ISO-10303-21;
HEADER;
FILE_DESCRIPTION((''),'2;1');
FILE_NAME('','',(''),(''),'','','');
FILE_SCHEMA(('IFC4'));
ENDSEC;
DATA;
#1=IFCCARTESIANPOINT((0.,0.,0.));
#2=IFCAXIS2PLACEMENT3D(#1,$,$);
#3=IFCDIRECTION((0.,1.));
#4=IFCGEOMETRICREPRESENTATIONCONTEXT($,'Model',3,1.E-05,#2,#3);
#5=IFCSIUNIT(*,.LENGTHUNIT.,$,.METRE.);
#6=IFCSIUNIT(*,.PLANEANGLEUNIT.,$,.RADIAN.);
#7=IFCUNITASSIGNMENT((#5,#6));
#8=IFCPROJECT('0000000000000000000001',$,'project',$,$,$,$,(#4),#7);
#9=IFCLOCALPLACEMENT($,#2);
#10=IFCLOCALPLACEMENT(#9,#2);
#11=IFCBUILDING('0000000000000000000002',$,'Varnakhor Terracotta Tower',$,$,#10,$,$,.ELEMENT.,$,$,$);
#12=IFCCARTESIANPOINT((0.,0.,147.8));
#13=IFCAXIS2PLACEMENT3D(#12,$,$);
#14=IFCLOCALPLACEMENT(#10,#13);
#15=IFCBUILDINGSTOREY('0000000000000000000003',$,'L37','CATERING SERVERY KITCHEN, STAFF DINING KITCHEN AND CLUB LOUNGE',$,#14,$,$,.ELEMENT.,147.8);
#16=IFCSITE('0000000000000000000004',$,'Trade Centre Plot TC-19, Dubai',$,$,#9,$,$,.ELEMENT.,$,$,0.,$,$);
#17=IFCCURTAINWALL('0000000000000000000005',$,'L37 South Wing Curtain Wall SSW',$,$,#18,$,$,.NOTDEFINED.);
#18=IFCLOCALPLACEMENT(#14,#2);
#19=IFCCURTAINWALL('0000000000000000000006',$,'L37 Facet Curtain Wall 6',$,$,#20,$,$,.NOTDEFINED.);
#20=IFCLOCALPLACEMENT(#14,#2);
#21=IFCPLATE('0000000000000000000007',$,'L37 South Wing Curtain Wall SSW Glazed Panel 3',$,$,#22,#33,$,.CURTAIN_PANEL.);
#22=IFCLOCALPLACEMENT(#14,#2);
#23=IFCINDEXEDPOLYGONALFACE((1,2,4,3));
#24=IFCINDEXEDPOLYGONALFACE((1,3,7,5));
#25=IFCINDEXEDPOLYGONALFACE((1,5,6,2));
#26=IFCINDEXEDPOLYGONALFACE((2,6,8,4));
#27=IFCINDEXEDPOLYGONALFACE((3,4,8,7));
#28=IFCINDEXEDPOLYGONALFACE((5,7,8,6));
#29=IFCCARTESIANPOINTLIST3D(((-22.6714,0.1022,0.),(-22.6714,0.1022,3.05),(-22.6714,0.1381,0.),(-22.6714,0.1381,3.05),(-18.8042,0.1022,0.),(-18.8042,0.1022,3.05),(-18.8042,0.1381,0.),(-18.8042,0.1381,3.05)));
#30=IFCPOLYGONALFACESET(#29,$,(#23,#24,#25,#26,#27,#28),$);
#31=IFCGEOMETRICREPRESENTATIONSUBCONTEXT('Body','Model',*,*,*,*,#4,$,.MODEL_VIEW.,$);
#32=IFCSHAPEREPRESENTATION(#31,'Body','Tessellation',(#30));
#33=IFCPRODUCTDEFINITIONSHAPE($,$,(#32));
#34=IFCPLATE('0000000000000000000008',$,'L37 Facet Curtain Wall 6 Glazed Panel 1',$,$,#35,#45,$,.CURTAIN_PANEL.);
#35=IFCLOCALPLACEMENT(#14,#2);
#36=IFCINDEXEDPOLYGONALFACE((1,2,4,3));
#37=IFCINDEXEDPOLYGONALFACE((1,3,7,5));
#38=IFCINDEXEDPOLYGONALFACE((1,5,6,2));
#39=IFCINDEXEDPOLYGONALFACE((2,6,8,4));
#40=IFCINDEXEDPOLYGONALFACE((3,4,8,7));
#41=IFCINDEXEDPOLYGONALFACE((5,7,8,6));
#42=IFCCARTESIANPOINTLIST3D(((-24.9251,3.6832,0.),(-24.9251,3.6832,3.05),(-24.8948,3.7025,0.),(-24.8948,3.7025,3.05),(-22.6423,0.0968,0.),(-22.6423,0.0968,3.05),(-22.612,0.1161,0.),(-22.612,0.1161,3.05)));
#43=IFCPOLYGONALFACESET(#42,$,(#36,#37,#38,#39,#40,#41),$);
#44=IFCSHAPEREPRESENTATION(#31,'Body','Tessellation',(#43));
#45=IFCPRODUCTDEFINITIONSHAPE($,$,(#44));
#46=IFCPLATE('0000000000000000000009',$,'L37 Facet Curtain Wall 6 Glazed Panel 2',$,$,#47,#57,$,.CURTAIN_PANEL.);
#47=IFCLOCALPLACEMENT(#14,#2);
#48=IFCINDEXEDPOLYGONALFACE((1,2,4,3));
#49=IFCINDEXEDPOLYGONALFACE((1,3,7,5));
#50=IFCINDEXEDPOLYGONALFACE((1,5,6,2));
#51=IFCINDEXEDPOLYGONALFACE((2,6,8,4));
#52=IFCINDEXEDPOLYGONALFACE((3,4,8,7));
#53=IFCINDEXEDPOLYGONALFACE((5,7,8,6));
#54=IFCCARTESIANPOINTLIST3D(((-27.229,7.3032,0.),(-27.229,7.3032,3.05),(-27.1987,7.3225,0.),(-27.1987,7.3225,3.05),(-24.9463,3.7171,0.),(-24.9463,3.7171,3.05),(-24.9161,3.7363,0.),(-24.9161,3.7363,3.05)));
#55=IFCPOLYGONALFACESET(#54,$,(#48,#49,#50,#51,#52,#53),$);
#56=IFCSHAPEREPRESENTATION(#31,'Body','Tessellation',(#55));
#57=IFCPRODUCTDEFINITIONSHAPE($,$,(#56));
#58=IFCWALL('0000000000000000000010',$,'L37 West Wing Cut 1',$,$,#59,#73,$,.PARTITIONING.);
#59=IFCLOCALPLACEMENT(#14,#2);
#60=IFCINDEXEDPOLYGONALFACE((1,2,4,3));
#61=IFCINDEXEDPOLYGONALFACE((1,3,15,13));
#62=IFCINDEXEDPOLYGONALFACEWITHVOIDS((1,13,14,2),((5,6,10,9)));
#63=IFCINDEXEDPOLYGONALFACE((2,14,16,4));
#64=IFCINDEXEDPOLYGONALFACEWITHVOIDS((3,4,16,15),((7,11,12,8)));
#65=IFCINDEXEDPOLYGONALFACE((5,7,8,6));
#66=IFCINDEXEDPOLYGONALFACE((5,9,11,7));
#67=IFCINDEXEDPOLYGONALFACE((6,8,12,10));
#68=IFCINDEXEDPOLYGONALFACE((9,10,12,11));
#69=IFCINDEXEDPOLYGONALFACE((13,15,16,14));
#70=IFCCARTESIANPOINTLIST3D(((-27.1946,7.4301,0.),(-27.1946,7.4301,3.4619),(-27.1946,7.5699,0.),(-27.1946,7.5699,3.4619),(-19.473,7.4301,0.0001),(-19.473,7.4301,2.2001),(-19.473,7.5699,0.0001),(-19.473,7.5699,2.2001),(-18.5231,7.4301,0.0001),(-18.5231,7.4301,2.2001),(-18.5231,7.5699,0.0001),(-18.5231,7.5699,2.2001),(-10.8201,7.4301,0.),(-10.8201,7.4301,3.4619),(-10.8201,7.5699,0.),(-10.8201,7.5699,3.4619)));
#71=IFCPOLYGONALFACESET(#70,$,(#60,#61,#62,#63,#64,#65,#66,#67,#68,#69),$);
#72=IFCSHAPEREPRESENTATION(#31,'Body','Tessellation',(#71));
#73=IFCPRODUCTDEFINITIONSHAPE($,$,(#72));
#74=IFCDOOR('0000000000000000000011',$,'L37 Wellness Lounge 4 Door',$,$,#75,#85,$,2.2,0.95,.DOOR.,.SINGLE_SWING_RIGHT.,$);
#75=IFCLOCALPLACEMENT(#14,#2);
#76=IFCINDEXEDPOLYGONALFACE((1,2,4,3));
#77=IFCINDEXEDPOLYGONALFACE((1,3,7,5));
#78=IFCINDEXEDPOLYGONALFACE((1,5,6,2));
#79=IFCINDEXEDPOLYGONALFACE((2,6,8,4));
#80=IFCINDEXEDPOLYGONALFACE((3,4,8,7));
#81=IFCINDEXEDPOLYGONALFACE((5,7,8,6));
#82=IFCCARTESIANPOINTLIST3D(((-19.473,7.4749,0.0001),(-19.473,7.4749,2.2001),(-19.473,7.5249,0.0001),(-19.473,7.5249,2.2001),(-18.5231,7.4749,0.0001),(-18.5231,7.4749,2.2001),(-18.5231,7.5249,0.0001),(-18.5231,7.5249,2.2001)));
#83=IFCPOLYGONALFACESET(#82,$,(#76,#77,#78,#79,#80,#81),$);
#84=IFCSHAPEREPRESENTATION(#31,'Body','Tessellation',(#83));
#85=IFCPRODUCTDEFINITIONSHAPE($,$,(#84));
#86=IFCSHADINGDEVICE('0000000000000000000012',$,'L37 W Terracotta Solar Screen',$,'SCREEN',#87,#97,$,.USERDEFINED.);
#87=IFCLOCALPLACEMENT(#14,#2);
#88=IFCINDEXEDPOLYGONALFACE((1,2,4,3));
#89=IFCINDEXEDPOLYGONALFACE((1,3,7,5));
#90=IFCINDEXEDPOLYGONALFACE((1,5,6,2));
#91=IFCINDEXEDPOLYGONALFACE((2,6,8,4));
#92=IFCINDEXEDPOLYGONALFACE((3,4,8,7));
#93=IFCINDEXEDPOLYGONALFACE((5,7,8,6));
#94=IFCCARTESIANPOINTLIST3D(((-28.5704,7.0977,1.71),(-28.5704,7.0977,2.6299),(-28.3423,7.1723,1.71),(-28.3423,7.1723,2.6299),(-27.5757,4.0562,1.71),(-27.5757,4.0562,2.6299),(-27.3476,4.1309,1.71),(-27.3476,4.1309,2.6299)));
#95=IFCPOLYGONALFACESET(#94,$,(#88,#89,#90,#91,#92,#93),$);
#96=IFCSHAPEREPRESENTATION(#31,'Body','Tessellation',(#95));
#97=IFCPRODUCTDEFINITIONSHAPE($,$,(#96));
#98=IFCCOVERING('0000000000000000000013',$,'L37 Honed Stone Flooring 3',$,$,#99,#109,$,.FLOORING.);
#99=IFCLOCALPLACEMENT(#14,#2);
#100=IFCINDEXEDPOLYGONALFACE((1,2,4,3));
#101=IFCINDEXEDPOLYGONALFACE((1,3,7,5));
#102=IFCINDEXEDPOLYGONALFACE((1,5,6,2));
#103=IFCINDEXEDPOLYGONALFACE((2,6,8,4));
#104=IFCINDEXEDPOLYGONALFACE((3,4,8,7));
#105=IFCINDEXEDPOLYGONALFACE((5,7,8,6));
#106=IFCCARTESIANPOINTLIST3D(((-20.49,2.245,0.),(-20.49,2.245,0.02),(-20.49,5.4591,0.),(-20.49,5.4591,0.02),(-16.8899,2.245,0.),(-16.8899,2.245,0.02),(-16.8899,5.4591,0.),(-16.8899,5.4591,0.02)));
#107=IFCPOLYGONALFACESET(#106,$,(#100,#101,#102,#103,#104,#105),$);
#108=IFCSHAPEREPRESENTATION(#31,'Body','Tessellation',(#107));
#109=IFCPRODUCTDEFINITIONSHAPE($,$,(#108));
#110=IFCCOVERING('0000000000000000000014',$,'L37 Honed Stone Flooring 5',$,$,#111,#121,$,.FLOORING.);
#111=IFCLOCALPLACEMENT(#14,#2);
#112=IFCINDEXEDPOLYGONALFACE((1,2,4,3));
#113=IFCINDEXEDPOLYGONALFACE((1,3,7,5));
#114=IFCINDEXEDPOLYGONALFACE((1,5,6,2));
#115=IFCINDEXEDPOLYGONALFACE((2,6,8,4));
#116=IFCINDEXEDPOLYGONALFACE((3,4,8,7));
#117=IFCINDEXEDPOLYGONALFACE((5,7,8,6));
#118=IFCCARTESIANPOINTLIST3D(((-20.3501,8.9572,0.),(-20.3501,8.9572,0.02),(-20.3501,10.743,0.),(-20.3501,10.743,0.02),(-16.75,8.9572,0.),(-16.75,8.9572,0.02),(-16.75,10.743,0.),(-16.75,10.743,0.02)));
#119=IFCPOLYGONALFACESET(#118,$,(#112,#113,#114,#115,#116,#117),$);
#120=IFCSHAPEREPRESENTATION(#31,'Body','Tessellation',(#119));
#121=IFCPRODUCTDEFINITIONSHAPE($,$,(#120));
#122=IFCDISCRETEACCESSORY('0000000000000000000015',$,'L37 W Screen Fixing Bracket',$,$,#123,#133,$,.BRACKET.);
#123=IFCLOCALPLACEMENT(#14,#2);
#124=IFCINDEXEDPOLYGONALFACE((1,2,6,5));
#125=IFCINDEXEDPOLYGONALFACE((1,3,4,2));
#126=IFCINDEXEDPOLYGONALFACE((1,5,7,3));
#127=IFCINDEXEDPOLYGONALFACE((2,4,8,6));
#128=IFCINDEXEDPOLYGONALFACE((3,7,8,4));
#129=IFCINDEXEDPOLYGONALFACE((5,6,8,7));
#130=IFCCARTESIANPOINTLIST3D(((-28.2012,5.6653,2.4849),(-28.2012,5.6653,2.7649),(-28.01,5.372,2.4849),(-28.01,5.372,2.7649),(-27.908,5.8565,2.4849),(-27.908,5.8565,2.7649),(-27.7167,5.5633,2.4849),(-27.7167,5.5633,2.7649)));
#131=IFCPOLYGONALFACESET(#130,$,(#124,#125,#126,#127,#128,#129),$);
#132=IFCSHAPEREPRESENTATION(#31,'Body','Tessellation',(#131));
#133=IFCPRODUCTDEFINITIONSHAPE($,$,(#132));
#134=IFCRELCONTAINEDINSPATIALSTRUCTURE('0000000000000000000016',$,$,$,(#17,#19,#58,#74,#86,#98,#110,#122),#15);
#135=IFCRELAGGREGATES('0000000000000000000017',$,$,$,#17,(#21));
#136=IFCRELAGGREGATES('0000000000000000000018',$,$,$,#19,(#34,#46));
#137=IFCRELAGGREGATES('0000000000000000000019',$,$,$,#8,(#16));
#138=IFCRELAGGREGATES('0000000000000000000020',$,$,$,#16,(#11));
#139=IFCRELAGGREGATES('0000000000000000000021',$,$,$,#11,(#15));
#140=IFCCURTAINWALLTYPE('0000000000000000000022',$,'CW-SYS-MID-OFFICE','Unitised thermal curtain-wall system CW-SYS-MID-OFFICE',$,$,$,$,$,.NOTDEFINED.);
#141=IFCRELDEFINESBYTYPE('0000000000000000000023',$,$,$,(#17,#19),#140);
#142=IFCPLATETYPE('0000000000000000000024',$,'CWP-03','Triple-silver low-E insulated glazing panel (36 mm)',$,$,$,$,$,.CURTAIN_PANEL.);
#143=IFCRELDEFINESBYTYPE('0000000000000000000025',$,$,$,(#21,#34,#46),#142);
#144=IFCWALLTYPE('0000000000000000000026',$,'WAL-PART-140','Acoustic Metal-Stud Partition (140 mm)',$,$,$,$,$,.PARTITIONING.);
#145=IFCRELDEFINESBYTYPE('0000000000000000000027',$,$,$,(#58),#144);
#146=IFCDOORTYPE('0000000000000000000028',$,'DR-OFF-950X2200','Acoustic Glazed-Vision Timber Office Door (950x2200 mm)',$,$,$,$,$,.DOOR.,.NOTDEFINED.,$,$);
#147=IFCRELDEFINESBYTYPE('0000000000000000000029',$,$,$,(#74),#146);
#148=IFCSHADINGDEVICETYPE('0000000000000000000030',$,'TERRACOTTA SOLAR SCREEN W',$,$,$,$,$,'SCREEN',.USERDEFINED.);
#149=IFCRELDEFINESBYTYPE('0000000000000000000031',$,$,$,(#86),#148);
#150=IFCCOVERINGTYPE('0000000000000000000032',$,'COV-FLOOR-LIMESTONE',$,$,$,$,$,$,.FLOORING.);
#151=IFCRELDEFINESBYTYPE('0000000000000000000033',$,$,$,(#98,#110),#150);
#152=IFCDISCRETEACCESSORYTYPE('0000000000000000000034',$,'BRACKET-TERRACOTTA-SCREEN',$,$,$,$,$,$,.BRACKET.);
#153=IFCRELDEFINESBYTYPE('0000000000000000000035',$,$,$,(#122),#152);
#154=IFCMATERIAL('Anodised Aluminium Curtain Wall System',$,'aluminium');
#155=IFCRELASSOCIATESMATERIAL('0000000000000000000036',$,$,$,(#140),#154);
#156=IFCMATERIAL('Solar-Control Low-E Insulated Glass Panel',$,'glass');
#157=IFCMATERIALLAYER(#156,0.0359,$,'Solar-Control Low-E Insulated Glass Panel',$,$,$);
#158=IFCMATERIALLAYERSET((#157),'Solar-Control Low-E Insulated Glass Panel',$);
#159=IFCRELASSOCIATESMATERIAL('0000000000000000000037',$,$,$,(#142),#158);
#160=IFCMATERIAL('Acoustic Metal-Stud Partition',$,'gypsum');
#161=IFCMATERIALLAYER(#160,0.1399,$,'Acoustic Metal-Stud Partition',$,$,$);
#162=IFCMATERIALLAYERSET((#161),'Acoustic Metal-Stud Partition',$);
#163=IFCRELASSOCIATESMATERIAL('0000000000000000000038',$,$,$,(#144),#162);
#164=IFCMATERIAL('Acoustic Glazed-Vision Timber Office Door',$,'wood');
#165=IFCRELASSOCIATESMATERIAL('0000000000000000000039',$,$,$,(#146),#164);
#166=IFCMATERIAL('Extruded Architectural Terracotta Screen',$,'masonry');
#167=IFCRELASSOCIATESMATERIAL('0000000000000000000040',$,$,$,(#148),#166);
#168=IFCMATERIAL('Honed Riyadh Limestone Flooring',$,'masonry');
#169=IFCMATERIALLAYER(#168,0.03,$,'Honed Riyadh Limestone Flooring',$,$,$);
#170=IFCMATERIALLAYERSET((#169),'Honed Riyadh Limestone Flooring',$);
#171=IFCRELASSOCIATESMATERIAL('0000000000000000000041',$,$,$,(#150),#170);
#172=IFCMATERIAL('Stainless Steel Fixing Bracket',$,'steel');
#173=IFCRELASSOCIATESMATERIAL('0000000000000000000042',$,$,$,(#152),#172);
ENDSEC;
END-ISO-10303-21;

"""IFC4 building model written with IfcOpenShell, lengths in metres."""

from ifc_helpers import new_model, si_unit, direction, frame, frame_2d, origin, origin_2d, place, context, subcontext, project, spatial, rectangle, extrude, source, transform, mapped, material, layer, layer_set, type_object, type_shapes, element, fill, aggregate, save


model = new_model("IFC4")

# Units and contexts
model_context = context("Model", 3, precision=1e-05, world=origin(), true_north=direction((0.0, 1.0)))
body_context = subcontext(model_context, "Body", "Model", "MODEL_VIEW")
ifc_project = project(units=[si_unit("LENGTHUNIT", "METRE"), si_unit("PLANEANGLEUNIT", "RADIAN")], contexts=[model_context])

# Site, building, storey
site_placement = place(None, origin())
site = spatial("IfcSite", under=ifc_project, at=site_placement, Name="Trade Centre Plot TC-19, Dubai", CompositionType="ELEMENT", RefElevation=0.0)
building_placement = place(site_placement, origin())
building = spatial("IfcBuilding", under=site, at=building_placement, Name="Varnakhor Terracotta Tower", CompositionType="ELEMENT")
storey_placement = place(building_placement, frame((0.0, 0.0, 147.8)))
storey = spatial("IfcBuildingStorey", under=building, at=storey_placement, Name="L37", Description="CATERING SERVERY KITCHEN, STAFF DINING KITCHEN AND CLUB LOUNGE", CompositionType="ELEMENT", Elevation=147.8)

# Curtain walls
ifc_material_1 = material(Name="Anodised Aluminium Curtain Wall System", Category="aluminium")
curtain_wall_type = type_object("IfcCurtainWallType", Name="CW-SYS-MID-OFFICE", Description="Unitised thermal curtain-wall system CW-SYS-MID-OFFICE", PredefinedType="NOTDEFINED", material=ifc_material_1)
curtain_wall_1_placement = place(storey_placement, origin())
curtain_wall_1 = element("IfcCurtainWall", 1, at=curtain_wall_1_placement, inside=storey, type_object=curtain_wall_type, Name="L37 South Wing Curtain Wall SSW", PredefinedType="NOTDEFINED")
curtain_wall_2_placement = place(storey_placement, origin())
curtain_wall_2 = element("IfcCurtainWall", 2, at=curtain_wall_2_placement, inside=storey, type_object=curtain_wall_type, Name="L37 Facet Curtain Wall 6", PredefinedType="NOTDEFINED")

# Plates
ifc_material_2 = material(Name="Solar-Control Low-E Insulated Glass Panel", Category="glass")
ifc_layer_1 = layer(ifc_material_2, 0.0359, Name="Solar-Control Low-E Insulated Glass Panel")
ifc_layer_set_1 = layer_set([ifc_layer_1], Name="Solar-Control Low-E Insulated Glass Panel")
plate_type = type_object("IfcPlateType", Name="CWP-03", Description="Triple-silver low-E insulated glazing panel (36 mm)", PredefinedType="CURTAIN_PANEL", material=ifc_layer_set_1)
shared_shape_1 = source(origin(), body_context, "Body", "SweptSolid", [
    extrude(rectangle(XDim=3.8672, YDim=0.0359, at=origin_2d()), origin(), (0.0, 0.0, 1.0), 3.05),
])
plate_1_placement = place(storey_placement, frame((-20.7378, 0.1201, 0.0), z_axis=(0.0, 0.0, 1.0), x_axis=(-1.0, 0.0, 0.0)))
plate_1 = element("IfcPlate", 3, at=plate_1_placement, type_object=plate_type, Name="L37 South Wing Curtain Wall SSW Glazed Panel 3", PredefinedType="CURTAIN_PANEL", context=body_context, shape_type="MappedRepresentation", body=[
    mapped(shared_shape_1, transform((0.0, 0.0, 0.0), scale=1.0)),
])
aggregate(curtain_wall_1, [plate_1])
shared_shape_2 = source(origin(), body_context, "Body", "SweptSolid", [
    extrude(rectangle(XDim=4.2512, YDim=0.0359, at=origin_2d()), origin(), (0.0, 0.0, 1.0), 3.05),
])
plate_2_placement = place(storey_placement, frame((-23.7686, 1.8997, 0.0), z_axis=(0.0, 0.0, 1.0), x_axis=(-0.536961, 0.843607, 0.0)))
plate_2 = element("IfcPlate", 4, at=plate_2_placement, type_object=plate_type, Name="L37 Facet Curtain Wall 6 Glazed Panel 1", PredefinedType="CURTAIN_PANEL", context=body_context, shape_type="MappedRepresentation", body=[
    mapped(shared_shape_2, transform((0.0, 0.0, 0.0), scale=1.0)),
])
shared_shape_3 = source(origin(), body_context, "Body", "SweptSolid", [
    extrude(rectangle(XDim=4.251, YDim=0.0359, at=origin_2d()), origin(), (0.0, 0.0, 1.0), 3.05),
])
plate_3_placement = place(storey_placement, frame((-26.0725, 5.5198, 0.0), z_axis=(0.0, 0.0, 1.0), x_axis=(-0.536961, 0.843607, 0.0)))
plate_3 = element("IfcPlate", 5, at=plate_3_placement, type_object=plate_type, Name="L37 Facet Curtain Wall 6 Glazed Panel 2", PredefinedType="CURTAIN_PANEL", context=body_context, shape_type="MappedRepresentation", body=[
    mapped(shared_shape_3, transform((0.0, 0.0, 0.0), scale=1.0)),
])
aggregate(curtain_wall_2, [plate_2, plate_3])

# Wall, opening, door
ifc_material_3 = material(Name="Acoustic Metal-Stud Partition", Category="gypsum")
ifc_layer_2 = layer(ifc_material_3, 0.1399, Name="Acoustic Metal-Stud Partition")
ifc_layer_set_2 = layer_set([ifc_layer_2], Name="Acoustic Metal-Stud Partition")
wall_type = type_object("IfcWallType", Name="WAL-PART-140", Description="Acoustic Metal-Stud Partition (140 mm)", PredefinedType="PARTITIONING", material=ifc_layer_set_2)
wall_placement = place(storey_placement, frame((-27.1946, 7.5, 0.0), z_axis=(0.0, 0.0, 1.0), x_axis=(1.0, 0.0, 0.0)))
wall = element("IfcWall", 6, at=wall_placement, inside=storey, type_object=wall_type, Name="L37 West Wing Cut 1", PredefinedType="PARTITIONING", context=body_context, shape_type="SweptSolid", body=[
    extrude(rectangle(XDim=16.3745, YDim=0.1399, at=frame_2d((8.1873, 0.0))), origin(), (0.0, 0.0, 1.0), 3.4619),
])
opening_placement = place(wall_placement, frame((7.7214, 0.0, 0.0)))
opening = element("IfcOpeningElement", 7, at=opening_placement, cuts=wall, PredefinedType="OPENING", context=body_context, shape_type="SweptSolid", body=[
    extrude(rectangle(XDim=0.95, YDim=2.2, at=frame_2d((0.4751, 1.1001))), frame((0.0, 0.0801, 0.0), z_axis=(0.0, -1.0, 0.0), x_axis=(1.0, 0.0, 0.0)), (0.0, 0.0, 1.0), 0.1599),
])
ifc_material_4 = material(Name="Acoustic Glazed-Vision Timber Office Door", Category="wood")
door_type = type_object("IfcDoorType", Name="DR-OFF-950X2200", Description="Acoustic Glazed-Vision Timber Office Door (950x2200 mm)", OperationType="NOTDEFINED", PredefinedType="DOOR", material=ifc_material_4)
shared_shape_4 = source(origin(), body_context, "Body", "SweptSolid", [
    extrude(rectangle(XDim=0.95, YDim=2.2, at=frame_2d((0.4751, 1.1001))), frame((0.0, 0.0249, 0.0), z_axis=(0.0, -1.0, 0.0), x_axis=(1.0, 0.0, 0.0)), (0.0, 0.0, 1.0), 0.05),
])
type_shapes(door_type, [shared_shape_4])
door_placement = place(opening_placement, origin())
door = element("IfcDoor", 8, at=door_placement, inside=storey, type_object=door_type, Name="L37 Wellness Lounge 4 Door", OperationType="SINGLE_SWING_RIGHT", OverallHeight=2.2, OverallWidth=0.95, PredefinedType="DOOR", context=body_context, shape_type="MappedRepresentation", body=[
    mapped(shared_shape_4, transform((0.0, 0.0, 0.0), scale=1.0)),
])
fill(opening, door)

# Shading device
ifc_material_5 = material(Name="Extruded Architectural Terracotta Screen", Category="masonry")
shading_device_type = type_object("IfcShadingDeviceType", Name="TERRACOTTA SOLAR SCREEN W", ElementType="SCREEN", PredefinedType="USERDEFINED", material=ifc_material_5)
shared_shape_5 = source(origin(), body_context, "Body", "SweptSolid", [
    extrude(rectangle(XDim=3.2, YDim=0.24, at=origin_2d()), origin(), (0.0, 0.0, 1.0), 0.9199),
])
type_shapes(shading_device_type, [shared_shape_5])
shading_device_placement = place(storey_placement, frame((-27.959, 5.6143, 1.71), z_axis=(0.0, 0.0, 1.0), x_axis=(0.310859, -0.950456, 0.0)))
element("IfcShadingDevice", 9, at=shading_device_placement, inside=storey, type_object=shading_device_type, Name="L37 W Terracotta Solar Screen", ObjectType="SCREEN", PredefinedType="USERDEFINED", context=body_context, shape_type="MappedRepresentation", body=[
    mapped(shared_shape_5, transform((0.0, 0.0, 0.0), scale=1.0)),
])

# Coverings
ifc_material_6 = material(Name="Honed Riyadh Limestone Flooring", Category="masonry")
ifc_layer_3 = layer(ifc_material_6, 0.03, Name="Honed Riyadh Limestone Flooring")
ifc_layer_set_3 = layer_set([ifc_layer_3], Name="Honed Riyadh Limestone Flooring")
covering_type = type_object("IfcCoveringType", Name="COV-FLOOR-LIMESTONE", PredefinedType="FLOORING", material=ifc_layer_set_3)
shared_shape_6 = source(origin(), body_context, "Body", "SweptSolid", [
    extrude(rectangle(XDim=3.6001, YDim=3.2141, at=origin_2d()), origin(), (0.0, 0.0, 1.0), 0.02),
])
covering_1_placement = place(storey_placement, frame((-18.6899, 3.8521, 0.0), z_axis=(0.0, 0.0, 1.0), x_axis=(1.0, 0.0, 0.0)))
element("IfcCovering", 10, at=covering_1_placement, inside=storey, type_object=covering_type, Name="L37 Honed Stone Flooring 3", PredefinedType="FLOORING", context=body_context, shape_type="MappedRepresentation", body=[
    mapped(shared_shape_6, transform((0.0, 0.0, 0.0), scale=1.0)),
])
shared_shape_7 = source(origin(), body_context, "Body", "SweptSolid", [
    extrude(rectangle(XDim=3.6001, YDim=1.7859, at=origin_2d()), origin(), (0.0, 0.0, 1.0), 0.02),
])
covering_2_placement = place(storey_placement, frame((-18.55, 9.8501, 0.0), z_axis=(0.0, 0.0, 1.0), x_axis=(1.0, 0.0, 0.0)))
element("IfcCovering", 11, at=covering_2_placement, inside=storey, type_object=covering_type, Name="L37 Honed Stone Flooring 5", PredefinedType="FLOORING", context=body_context, shape_type="MappedRepresentation", body=[
    mapped(shared_shape_7, transform((0.0, 0.0, 0.0), scale=1.0)),
])

# Discrete accessory
ifc_material_7 = material(Name="Stainless Steel Fixing Bracket", Category="steel")
discrete_accessory_type = type_object("IfcDiscreteAccessoryType", Name="BRACKET-TERRACOTTA-SCREEN", PredefinedType="BRACKET", material=ifc_material_7)
shared_shape_8 = source(origin(), body_context, "Body", "SweptSolid", [
    extrude(rectangle(XDim=0.3501, YDim=0.3501, at=origin_2d()), origin(), (0.0, 0.0, 1.0), 0.28),
])
type_shapes(discrete_accessory_type, [shared_shape_8])
discrete_accessory_placement = place(storey_placement, frame((-27.959, 5.6143, 2.4849), z_axis=(0.0, 0.0, 1.0), x_axis=(0.546263, -0.837614, 0.0)))
element("IfcDiscreteAccessory", 12, at=discrete_accessory_placement, inside=storey, type_object=discrete_accessory_type, Name="L37 W Screen Fixing Bracket", PredefinedType="BRACKET", context=body_context, shape_type="MappedRepresentation", body=[
    mapped(shared_shape_8, transform((0.0, 0.0, 0.0), scale=1.0)),
])

save(model, "model.ifc")
